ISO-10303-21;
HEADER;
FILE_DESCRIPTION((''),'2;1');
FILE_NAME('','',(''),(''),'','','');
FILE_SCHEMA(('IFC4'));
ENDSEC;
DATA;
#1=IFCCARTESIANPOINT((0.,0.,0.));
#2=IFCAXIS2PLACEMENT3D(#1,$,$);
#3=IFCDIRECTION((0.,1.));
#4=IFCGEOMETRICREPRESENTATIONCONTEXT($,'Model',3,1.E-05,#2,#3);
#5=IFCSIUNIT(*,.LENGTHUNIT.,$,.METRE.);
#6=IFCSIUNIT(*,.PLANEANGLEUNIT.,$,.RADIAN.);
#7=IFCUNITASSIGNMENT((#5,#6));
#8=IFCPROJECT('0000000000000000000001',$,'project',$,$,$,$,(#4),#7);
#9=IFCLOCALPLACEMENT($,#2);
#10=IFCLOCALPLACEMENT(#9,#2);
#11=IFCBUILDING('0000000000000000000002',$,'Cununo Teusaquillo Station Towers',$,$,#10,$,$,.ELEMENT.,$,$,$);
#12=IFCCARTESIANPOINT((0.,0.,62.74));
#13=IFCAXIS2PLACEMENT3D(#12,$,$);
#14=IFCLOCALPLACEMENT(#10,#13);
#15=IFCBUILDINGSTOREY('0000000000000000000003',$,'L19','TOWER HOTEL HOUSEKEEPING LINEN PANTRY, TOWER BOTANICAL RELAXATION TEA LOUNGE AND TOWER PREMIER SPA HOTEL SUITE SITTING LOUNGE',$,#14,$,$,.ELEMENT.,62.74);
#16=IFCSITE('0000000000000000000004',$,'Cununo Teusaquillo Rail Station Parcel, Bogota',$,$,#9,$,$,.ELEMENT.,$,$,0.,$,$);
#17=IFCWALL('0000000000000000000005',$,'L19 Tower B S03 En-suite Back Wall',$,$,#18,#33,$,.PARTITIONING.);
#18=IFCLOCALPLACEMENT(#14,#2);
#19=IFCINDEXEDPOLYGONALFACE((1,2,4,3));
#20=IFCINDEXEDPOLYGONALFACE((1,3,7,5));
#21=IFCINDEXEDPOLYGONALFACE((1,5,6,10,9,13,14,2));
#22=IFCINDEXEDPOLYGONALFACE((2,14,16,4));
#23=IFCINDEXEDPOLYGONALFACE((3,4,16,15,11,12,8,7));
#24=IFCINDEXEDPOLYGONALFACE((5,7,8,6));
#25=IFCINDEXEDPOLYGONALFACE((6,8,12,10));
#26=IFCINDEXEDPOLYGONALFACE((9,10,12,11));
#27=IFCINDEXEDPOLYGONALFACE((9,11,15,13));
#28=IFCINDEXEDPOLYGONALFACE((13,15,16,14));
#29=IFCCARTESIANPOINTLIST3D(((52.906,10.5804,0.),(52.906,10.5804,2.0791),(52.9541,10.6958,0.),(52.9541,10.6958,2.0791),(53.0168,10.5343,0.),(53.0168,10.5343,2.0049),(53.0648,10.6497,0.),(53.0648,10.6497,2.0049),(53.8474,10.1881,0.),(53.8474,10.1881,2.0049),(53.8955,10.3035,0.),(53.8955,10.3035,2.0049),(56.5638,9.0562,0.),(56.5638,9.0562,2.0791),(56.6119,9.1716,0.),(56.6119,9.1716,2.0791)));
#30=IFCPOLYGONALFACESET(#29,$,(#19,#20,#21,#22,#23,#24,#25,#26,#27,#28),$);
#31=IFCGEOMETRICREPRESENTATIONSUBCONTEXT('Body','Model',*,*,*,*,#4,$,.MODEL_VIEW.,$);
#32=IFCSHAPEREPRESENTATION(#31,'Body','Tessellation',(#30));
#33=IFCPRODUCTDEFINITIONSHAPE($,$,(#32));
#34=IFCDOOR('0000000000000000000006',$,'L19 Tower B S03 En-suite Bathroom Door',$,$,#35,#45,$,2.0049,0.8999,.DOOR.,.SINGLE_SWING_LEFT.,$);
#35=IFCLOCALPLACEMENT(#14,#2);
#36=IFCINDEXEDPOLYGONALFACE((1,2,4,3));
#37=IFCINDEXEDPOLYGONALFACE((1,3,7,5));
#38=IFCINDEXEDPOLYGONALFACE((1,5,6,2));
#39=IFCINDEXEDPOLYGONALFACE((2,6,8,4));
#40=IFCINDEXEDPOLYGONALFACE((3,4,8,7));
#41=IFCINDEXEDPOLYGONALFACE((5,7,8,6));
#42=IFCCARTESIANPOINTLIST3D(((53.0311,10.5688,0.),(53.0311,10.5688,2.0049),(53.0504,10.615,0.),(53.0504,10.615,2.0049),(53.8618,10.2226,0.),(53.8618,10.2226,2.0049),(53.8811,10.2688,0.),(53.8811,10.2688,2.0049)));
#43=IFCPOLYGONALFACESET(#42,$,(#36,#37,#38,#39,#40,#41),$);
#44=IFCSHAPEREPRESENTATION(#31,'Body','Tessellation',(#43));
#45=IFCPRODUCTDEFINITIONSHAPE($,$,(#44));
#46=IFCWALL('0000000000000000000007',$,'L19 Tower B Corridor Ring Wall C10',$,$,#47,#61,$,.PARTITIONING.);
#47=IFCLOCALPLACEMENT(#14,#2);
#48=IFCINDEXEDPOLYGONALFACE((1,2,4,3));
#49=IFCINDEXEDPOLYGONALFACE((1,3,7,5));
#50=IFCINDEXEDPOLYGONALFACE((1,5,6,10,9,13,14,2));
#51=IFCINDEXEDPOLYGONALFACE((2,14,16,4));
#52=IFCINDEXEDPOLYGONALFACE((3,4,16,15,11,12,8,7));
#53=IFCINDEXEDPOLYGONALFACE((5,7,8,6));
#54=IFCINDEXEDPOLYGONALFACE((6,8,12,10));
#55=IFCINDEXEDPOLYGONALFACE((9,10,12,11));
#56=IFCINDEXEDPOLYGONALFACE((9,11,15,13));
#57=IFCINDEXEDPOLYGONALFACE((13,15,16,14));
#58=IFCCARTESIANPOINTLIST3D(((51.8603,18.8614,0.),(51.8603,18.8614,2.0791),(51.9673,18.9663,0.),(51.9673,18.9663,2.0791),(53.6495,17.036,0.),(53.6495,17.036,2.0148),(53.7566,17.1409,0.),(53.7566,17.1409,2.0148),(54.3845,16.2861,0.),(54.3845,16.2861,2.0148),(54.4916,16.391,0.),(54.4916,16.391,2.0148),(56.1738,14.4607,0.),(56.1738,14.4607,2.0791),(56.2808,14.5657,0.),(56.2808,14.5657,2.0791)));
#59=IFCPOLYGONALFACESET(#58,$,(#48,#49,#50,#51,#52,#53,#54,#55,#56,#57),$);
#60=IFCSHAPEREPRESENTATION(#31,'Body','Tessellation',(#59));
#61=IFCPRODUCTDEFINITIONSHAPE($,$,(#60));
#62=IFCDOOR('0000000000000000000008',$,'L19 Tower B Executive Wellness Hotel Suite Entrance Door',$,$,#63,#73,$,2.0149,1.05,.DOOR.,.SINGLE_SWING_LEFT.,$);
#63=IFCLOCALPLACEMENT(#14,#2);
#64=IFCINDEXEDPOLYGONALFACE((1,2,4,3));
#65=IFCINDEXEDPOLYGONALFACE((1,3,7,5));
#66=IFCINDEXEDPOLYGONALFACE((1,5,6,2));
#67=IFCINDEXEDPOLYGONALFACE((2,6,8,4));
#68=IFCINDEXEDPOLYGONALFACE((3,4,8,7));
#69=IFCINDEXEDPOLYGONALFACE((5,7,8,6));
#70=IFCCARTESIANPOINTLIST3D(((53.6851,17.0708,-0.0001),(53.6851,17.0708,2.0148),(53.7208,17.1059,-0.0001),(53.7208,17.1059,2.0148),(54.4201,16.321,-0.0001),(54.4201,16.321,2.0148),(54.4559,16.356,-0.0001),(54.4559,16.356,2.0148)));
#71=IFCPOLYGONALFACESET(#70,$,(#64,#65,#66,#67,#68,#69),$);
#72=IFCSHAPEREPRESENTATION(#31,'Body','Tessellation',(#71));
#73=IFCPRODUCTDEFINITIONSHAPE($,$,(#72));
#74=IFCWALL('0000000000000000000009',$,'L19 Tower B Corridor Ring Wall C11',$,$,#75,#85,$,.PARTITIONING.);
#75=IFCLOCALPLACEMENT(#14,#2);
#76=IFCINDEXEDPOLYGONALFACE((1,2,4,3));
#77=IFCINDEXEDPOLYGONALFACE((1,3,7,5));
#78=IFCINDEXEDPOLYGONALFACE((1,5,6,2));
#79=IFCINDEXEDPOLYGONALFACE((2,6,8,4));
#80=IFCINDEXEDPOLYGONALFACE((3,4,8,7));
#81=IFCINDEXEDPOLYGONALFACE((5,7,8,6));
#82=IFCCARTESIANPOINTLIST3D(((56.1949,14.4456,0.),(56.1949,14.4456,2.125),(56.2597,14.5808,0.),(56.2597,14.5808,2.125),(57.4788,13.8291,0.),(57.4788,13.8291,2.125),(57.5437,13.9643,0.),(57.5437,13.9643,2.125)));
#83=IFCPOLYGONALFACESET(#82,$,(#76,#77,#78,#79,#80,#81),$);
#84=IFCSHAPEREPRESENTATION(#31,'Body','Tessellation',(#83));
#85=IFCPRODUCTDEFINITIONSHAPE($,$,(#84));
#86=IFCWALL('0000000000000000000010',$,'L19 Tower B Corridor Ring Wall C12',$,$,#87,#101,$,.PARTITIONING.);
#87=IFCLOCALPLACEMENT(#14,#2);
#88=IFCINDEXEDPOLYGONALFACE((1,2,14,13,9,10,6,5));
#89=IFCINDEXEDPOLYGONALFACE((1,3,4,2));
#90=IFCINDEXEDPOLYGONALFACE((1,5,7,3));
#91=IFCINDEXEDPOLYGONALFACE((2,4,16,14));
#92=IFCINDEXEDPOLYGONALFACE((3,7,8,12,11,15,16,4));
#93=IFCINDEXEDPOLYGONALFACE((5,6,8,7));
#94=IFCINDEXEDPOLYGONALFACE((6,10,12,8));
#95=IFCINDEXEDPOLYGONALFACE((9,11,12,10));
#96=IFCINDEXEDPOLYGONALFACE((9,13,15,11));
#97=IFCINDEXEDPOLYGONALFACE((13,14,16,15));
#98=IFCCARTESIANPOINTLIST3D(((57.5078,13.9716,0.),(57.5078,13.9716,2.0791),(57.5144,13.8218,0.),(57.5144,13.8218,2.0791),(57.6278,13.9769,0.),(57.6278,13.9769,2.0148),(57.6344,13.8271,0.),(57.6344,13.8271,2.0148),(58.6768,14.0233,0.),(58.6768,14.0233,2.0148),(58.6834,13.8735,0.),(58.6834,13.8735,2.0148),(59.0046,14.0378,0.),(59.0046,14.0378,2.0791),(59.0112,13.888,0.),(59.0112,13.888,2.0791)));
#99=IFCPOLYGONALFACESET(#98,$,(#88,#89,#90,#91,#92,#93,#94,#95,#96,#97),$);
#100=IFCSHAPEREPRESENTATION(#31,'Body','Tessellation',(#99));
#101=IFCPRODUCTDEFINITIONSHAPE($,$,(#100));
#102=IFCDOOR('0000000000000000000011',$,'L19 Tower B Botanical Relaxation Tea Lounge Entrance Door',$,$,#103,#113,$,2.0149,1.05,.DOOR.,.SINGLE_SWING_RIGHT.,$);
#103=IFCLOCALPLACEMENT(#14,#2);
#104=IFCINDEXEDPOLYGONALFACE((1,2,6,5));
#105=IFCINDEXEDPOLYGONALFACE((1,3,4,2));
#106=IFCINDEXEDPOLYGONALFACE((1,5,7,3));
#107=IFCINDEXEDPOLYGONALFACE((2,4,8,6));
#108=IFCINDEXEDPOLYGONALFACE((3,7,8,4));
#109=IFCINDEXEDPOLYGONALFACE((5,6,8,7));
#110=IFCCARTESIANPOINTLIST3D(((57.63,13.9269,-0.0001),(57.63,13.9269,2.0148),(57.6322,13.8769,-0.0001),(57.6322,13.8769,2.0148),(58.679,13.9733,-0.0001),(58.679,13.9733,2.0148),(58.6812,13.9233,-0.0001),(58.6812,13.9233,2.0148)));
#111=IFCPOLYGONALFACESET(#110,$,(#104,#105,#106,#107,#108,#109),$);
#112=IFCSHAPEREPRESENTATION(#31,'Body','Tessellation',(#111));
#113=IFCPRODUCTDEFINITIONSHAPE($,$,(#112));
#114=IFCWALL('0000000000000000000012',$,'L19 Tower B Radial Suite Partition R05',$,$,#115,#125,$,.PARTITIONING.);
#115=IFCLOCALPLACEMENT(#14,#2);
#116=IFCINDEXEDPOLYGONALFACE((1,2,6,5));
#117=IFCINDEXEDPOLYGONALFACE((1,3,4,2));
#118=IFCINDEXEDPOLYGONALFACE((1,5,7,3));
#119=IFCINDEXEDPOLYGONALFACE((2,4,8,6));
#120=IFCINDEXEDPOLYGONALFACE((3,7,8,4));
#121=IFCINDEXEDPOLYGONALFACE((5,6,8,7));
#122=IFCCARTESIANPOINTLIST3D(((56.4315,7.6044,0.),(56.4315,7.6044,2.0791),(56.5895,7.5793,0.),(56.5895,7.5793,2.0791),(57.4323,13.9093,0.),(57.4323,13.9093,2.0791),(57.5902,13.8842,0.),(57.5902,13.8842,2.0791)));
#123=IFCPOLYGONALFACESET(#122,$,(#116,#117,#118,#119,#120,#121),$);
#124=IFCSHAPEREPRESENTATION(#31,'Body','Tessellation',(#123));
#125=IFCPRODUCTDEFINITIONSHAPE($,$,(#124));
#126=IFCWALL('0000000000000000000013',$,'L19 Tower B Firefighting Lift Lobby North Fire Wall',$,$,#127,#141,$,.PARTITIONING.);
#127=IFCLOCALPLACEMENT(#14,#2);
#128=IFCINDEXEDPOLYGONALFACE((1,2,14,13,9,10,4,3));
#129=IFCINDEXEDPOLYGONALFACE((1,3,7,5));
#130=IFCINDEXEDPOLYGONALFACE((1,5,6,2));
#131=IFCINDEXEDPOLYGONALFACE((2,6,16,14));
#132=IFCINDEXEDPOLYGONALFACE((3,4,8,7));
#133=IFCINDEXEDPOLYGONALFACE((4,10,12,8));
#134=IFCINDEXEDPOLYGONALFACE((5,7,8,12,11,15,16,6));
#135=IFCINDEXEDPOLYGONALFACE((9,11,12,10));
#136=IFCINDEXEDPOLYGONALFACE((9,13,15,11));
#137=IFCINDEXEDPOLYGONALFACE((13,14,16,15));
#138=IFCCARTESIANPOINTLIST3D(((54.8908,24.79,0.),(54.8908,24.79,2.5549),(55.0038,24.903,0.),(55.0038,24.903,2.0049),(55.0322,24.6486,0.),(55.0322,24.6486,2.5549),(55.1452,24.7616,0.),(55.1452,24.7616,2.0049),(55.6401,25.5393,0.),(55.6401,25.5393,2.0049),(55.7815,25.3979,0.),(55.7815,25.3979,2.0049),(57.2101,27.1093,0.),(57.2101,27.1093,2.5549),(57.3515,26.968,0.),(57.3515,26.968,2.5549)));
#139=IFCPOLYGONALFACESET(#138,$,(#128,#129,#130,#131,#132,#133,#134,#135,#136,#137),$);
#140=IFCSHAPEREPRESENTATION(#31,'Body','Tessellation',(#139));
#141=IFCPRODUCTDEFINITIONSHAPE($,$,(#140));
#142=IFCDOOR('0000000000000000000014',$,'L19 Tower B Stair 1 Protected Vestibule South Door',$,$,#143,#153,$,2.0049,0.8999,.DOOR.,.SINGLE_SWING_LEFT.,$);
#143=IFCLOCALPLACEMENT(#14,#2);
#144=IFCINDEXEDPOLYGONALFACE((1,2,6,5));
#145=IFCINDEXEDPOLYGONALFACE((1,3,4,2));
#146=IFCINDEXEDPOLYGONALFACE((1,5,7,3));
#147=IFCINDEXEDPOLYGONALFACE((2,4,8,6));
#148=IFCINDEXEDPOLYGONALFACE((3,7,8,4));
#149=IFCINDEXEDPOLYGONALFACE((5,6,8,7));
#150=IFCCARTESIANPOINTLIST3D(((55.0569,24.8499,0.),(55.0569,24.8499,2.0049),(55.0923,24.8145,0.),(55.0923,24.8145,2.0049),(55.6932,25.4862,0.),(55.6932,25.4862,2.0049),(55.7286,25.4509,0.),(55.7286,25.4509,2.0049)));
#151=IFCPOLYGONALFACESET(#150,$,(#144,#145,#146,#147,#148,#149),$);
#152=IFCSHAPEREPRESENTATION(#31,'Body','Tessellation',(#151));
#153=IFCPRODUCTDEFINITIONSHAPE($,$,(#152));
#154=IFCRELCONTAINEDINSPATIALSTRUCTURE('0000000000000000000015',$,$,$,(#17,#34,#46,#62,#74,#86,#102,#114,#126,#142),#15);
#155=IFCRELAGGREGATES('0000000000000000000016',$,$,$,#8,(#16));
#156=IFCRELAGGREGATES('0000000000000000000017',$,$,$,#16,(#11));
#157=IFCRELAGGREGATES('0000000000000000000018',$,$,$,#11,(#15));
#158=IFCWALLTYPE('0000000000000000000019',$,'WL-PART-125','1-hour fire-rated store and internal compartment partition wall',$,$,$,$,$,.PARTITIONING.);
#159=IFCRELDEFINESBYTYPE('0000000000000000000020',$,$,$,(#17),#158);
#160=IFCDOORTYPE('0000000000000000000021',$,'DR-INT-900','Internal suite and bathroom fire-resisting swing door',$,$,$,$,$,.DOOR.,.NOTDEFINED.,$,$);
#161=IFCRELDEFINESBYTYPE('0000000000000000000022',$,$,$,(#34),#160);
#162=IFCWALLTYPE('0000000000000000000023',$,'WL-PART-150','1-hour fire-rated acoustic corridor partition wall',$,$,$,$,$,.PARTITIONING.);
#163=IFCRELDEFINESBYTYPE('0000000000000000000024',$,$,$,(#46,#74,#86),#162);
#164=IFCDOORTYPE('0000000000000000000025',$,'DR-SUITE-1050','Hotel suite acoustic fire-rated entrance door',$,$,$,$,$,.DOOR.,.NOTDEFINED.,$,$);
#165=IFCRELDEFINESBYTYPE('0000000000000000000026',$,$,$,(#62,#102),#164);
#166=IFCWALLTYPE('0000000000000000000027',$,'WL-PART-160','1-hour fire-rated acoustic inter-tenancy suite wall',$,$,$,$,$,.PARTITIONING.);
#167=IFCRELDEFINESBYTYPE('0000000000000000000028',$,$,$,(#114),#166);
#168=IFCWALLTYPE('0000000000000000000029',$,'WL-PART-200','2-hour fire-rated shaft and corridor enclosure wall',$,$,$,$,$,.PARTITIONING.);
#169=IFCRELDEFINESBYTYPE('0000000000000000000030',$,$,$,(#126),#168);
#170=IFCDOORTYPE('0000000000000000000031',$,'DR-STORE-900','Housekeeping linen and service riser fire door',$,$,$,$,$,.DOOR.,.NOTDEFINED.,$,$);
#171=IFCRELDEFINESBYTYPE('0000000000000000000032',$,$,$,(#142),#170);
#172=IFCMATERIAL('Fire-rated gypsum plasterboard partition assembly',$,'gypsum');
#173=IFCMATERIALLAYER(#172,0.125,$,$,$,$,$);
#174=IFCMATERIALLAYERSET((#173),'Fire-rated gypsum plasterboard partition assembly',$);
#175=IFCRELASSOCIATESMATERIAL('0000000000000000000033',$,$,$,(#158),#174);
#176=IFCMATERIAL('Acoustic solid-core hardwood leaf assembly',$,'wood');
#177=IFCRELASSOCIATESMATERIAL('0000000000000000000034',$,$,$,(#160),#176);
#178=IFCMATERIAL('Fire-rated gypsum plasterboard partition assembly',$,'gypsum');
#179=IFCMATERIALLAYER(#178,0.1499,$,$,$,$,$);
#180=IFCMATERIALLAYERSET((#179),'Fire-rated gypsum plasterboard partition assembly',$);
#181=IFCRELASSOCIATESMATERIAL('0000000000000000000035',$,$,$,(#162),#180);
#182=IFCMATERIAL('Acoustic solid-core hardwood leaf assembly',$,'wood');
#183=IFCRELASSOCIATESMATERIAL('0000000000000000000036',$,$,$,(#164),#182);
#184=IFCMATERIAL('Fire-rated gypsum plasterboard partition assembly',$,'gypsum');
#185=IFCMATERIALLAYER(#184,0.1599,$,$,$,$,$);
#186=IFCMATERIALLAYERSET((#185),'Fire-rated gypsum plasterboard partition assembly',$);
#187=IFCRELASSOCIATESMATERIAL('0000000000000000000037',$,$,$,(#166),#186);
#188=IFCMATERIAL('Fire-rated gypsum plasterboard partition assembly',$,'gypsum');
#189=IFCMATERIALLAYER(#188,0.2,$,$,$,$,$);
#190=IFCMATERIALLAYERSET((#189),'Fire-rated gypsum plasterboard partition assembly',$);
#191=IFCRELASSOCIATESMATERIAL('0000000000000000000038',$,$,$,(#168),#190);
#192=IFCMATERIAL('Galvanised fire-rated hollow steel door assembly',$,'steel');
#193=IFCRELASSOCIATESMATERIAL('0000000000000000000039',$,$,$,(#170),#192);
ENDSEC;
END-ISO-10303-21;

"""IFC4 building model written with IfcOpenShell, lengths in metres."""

from ifc_helpers import new_model, si_unit, direction, frame, frame_2d, origin, place, context, subcontext, project, spatial, rectangle, extrude, source, transform, mapped, material, layer, layer_set, type_object, element, fill, save


model = new_model("IFC4")

# Units and contexts
model_context = context("Model", 3, precision=1e-05, world=origin(), true_north=direction((0.0, 1.0)))
body_context = subcontext(model_context, "Body", "Model", "MODEL_VIEW")
ifc_project = project(units=[si_unit("LENGTHUNIT", "METRE"), si_unit("PLANEANGLEUNIT", "RADIAN")], contexts=[model_context])

# Site, building, storey
site_placement = place(None, origin())
site = spatial("IfcSite", under=ifc_project, at=site_placement, Name="Cununo Teusaquillo Rail Station Parcel, Bogota", CompositionType="ELEMENT", RefElevation=0.0)
building_placement = place(site_placement, origin())
building = spatial("IfcBuilding", under=site, at=building_placement, Name="Cununo Teusaquillo Station Towers", CompositionType="ELEMENT")
storey_placement = place(building_placement, frame((0.0, 0.0, 62.74)))
storey = spatial("IfcBuildingStorey", under=building, at=storey_placement, Name="L19", Description="TOWER HOTEL HOUSEKEEPING LINEN PANTRY, TOWER BOTANICAL RELAXATION TEA LOUNGE AND TOWER PREMIER SPA HOTEL SUITE SITTING LOUNGE", CompositionType="ELEMENT", Elevation=62.74)

# Shared definitions
ifc_material_1 = material(Name="Fire-rated gypsum plasterboard partition assembly", Category="gypsum")
ifc_layer_1 = layer(ifc_material_1, 0.125)
ifc_layer_set_1 = layer_set([ifc_layer_1], Name="Fire-rated gypsum plasterboard partition assembly")
wall_type_1 = type_object("IfcWallType", Name="WL-PART-125", Description="1-hour fire-rated store and internal compartment partition wall", PredefinedType="PARTITIONING", material=ifc_layer_set_1)

# Walls, openings, doors
wall_1_placement = place(storey_placement, frame((52.9299, 10.6382, 0.0), z_axis=(0.0, 0.0, 1.0), x_axis=(0.923066, -0.384642, 0.0)))
wall_1 = element("IfcWall", 1, at=wall_1_placement, inside=storey, type_object=wall_type_1, Name="L19 Tower B S03 En-suite Back Wall", PredefinedType="PARTITIONING", context=body_context, shape_type="SweptSolid", body=[
    extrude(rectangle(XDim=3.9626, YDim=0.125, at=frame_2d((1.9814, 0.0))), origin(), (0.0, 0.0, 1.0), 2.0791),
])
shared_shape_1 = source(origin(), body_context, "Body", "SweptSolid", [
    extrude(rectangle(XDim=0.8999, YDim=2.0049, at=frame_2d((0.45, 1.0024))), frame((0.0, 0.0725, 0.0), z_axis=(0.0, -1.0, 0.0), x_axis=(1.0, 0.0, 0.0)), (0.0, 0.0, 1.0), 0.145),
])
opening_1_placement = place(wall_1_placement, frame((0.1201, 0.0, 0.0)))
opening_1 = element("IfcOpeningElement", 2, at=opening_1_placement, cuts=wall_1, PredefinedType="OPENING", context=body_context, shape_type="MappedRepresentation", body=[
    mapped(shared_shape_1, transform((0.0, 0.0, 0.0), x_axis=(1.0, 0.0, 0.0), y_axis=(0.0, 1.0, 0.0), z_axis=(0.0, 0.0, 1.0), scale=1.0)),
])
ifc_material_2 = material(Name="Acoustic solid-core hardwood leaf assembly", Category="wood")
door_type_1 = type_object("IfcDoorType", Name="DR-INT-900", Description="Internal suite and bathroom fire-resisting swing door", OperationType="NOTDEFINED", PredefinedType="DOOR", material=ifc_material_2)
shared_shape_2 = source(origin(), body_context, "Body", "SweptSolid", [
    extrude(rectangle(XDim=0.8999, YDim=2.0049, at=frame_2d((0.45, 1.0024))), frame((0.0, 0.0249, 0.0), z_axis=(0.0, -1.0, 0.0), x_axis=(1.0, 0.0, 0.0)), (0.0, 0.0, 1.0), 0.05),
])
door_1_placement = place(opening_1_placement, origin())
door_1 = element("IfcDoor", 3, at=door_1_placement, inside=storey, type_object=door_type_1, Name="L19 Tower B S03 En-suite Bathroom Door", OperationType="SINGLE_SWING_LEFT", OverallHeight=2.0049, OverallWidth=0.8999, PredefinedType="DOOR", context=body_context, shape_type="MappedRepresentation", body=[
    mapped(shared_shape_2, transform((0.0, 0.0, 0.0), x_axis=(1.0, 0.0, 0.0), y_axis=(0.0, 1.0, 0.0), z_axis=(0.0, 0.0, 1.0), scale=1.0)),
])
fill(opening_1, door_1)
ifc_material_3 = material(Name="Fire-rated gypsum plasterboard partition assembly", Category="gypsum")
ifc_layer_2 = layer(ifc_material_3, 0.1499)
ifc_layer_set_2 = layer_set([ifc_layer_2], Name="Fire-rated gypsum plasterboard partition assembly")
wall_type_2 = type_object("IfcWallType", Name="WL-PART-150", Description="1-hour fire-rated acoustic corridor partition wall", PredefinedType="PARTITIONING", material=ifc_layer_set_2)
wall_2_placement = place(storey_placement, frame((51.9138, 18.9138, 0.0), z_axis=(0.0, 0.0, 1.0), x_axis=(0.699999, -0.714144, 0.0)))
wall_2 = element("IfcWall", 4, at=wall_2_placement, inside=storey, type_object=wall_type_2, Name="L19 Tower B Corridor Ring Wall C10", PredefinedType="PARTITIONING", context=body_context, shape_type="SweptSolid", body=[
    extrude(rectangle(XDim=6.1621, YDim=0.1499, at=frame_2d((3.0811, 0.0))), origin(), (0.0, 0.0, 1.0), 2.0791),
])
shared_shape_3 = source(origin(), body_context, "Body", "SweptSolid", [
    extrude(rectangle(XDim=1.05, YDim=2.0149, at=frame_2d((0.5249, 1.0073))), frame((0.0, 0.085, 0.0), z_axis=(0.0, -1.0, 0.0), x_axis=(1.0, 0.0, 0.0)), (0.0, 0.0, 1.0), 0.1699),
])
opening_2_placement = place(wall_2_placement, frame((2.5562, 0.0, 0.0)))
opening_2 = element("IfcOpeningElement", 5, at=opening_2_placement, cuts=wall_2, PredefinedType="OPENING", context=body_context, shape_type="MappedRepresentation", body=[
    mapped(shared_shape_3, transform((0.0, 0.0, 0.0), x_axis=(1.0, 0.0, 0.0), y_axis=(0.0, 1.0, 0.0), z_axis=(0.0, 0.0, 1.0), scale=1.0)),
])
ifc_material_4 = material(Name="Acoustic solid-core hardwood leaf assembly", Category="wood")
door_type_2 = type_object("IfcDoorType", Name="DR-SUITE-1050", Description="Hotel suite acoustic fire-rated entrance door", OperationType="NOTDEFINED", PredefinedType="DOOR", material=ifc_material_4)
shared_shape_4 = source(origin(), body_context, "Body", "SweptSolid", [
    extrude(rectangle(XDim=1.05, YDim=2.0149, at=frame_2d((0.5249, 1.0073))), frame((0.0, 0.0249, 0.0), z_axis=(0.0, -1.0, 0.0), x_axis=(1.0, 0.0, 0.0)), (0.0, 0.0, 1.0), 0.05),
])
door_2_placement = place(opening_2_placement, origin())
door_2 = element("IfcDoor", 6, at=door_2_placement, inside=storey, type_object=door_type_2, Name="L19 Tower B Executive Wellness Hotel Suite Entrance Door", OperationType="SINGLE_SWING_LEFT", OverallHeight=2.0149, OverallWidth=1.05, PredefinedType="DOOR", context=body_context, shape_type="MappedRepresentation", body=[
    mapped(shared_shape_4, transform((0.0, 0.0, 0.0), x_axis=(1.0, 0.0, 0.0), y_axis=(0.0, 1.0, 0.0), z_axis=(0.0, 0.0, 1.0), scale=1.0)),
])
fill(opening_2, door_2)

# Wall
wall_3_placement = place(storey_placement, frame((56.2273, 14.5132, 0.0), z_axis=(0.0, 0.0, 1.0), x_axis=(0.901478, -0.432826, 0.0)))
element("IfcWall", 7, at=wall_3_placement, inside=storey, type_object=wall_type_2, Name="L19 Tower B Corridor Ring Wall C11", PredefinedType="PARTITIONING", context=body_context, shape_type="SweptSolid", body=[
    extrude(rectangle(XDim=1.4243, YDim=0.1499, at=frame_2d((0.7122, 0.0))), origin(), (0.0, 0.0, 1.0), 2.125),
])

# Wall, opening, door
wall_4_placement = place(storey_placement, frame((57.5112, 13.8967, 0.0), z_axis=(0.0, 0.0, 1.0), x_axis=(0.999025, 0.044158, 0.0)))
wall_4 = element("IfcWall", 8, at=wall_4_placement, inside=storey, type_object=wall_type_2, Name="L19 Tower B Corridor Ring Wall C12", PredefinedType="PARTITIONING", context=body_context, shape_type="SweptSolid", body=[
    extrude(rectangle(XDim=1.4983, YDim=0.1499, at=frame_2d((0.749, 0.0))), origin(), (0.0, 0.0, 1.0), 2.0791),
])
opening_3_placement = place(wall_4_placement, frame((0.1201, 0.0, 0.0)))
opening_3 = element("IfcOpeningElement", 9, at=opening_3_placement, cuts=wall_4, PredefinedType="OPENING", context=body_context, shape_type="MappedRepresentation", body=[
    mapped(shared_shape_3, transform((0.0, 0.0, 0.0), x_axis=(1.0, 0.0, 0.0), y_axis=(0.0, 1.0, 0.0), z_axis=(0.0, 0.0, 1.0), scale=1.0)),
])
door_3_placement = place(opening_3_placement, origin())
door_3 = element("IfcDoor", 10, at=door_3_placement, inside=storey, type_object=door_type_2, Name="L19 Tower B Botanical Relaxation Tea Lounge Entrance Door", OperationType="SINGLE_SWING_RIGHT", OverallHeight=2.0149, OverallWidth=1.05, PredefinedType="DOOR", context=body_context, shape_type="MappedRepresentation", body=[
    mapped(shared_shape_4, transform((0.0, 0.0, 0.0), x_axis=(1.0, 0.0, 0.0), y_axis=(0.0, 1.0, 0.0), z_axis=(0.0, 0.0, 1.0), scale=1.0)),
])
fill(opening_3, door_3)

# Wall
ifc_material_5 = material(Name="Fire-rated gypsum plasterboard partition assembly", Category="gypsum")
ifc_layer_3 = layer(ifc_material_5, 0.1599)
ifc_layer_set_3 = layer_set([ifc_layer_3], Name="Fire-rated gypsum plasterboard partition assembly")
wall_type_3 = type_object("IfcWallType", Name="WL-PART-160", Description="1-hour fire-rated acoustic inter-tenancy suite wall", PredefinedType="PARTITIONING", material=ifc_layer_set_3)
wall_5_placement = place(storey_placement, frame((57.5112, 13.8967, 0.0), z_axis=(0.0, 0.0, 1.0), x_axis=(-0.15676, -0.987637, 0.0)))
element("IfcWall", 11, at=wall_5_placement, inside=storey, type_object=wall_type_3, Name="L19 Tower B Radial Suite Partition R05", PredefinedType="PARTITIONING", context=body_context, shape_type="SweptSolid", body=[
    extrude(rectangle(XDim=6.3838, YDim=0.1599, at=frame_2d((3.1919, 0.0))), origin(), (0.0, 0.0, 1.0), 2.0791),
])

# Wall, opening, door
ifc_material_6 = material(Name="Fire-rated gypsum plasterboard partition assembly", Category="gypsum")
ifc_layer_4 = layer(ifc_material_6, 0.2)
ifc_layer_set_4 = layer_set([ifc_layer_4], Name="Fire-rated gypsum plasterboard partition assembly")
wall_type_4 = type_object("IfcWallType", Name="WL-PART-200", Description="2-hour fire-rated shaft and corridor enclosure wall", PredefinedType="PARTITIONING", material=ifc_layer_set_4)
wall_6_placement = place(storey_placement, frame((54.9614, 24.7192, 0.0), z_axis=(0.0, 0.0, 1.0), x_axis=(0.707107, 0.707107, 0.0)))
wall_6 = element("IfcWall", 12, at=wall_6_placement, inside=storey, type_object=wall_type_4, Name="L19 Tower B Firefighting Lift Lobby North Fire Wall", PredefinedType="PARTITIONING", context=body_context, shape_type="SweptSolid", body=[
    extrude(rectangle(XDim=3.28, YDim=0.2, at=frame_2d((1.6401, 0.0))), origin(), (0.0, 0.0, 1.0), 2.5549),
])
shared_shape_5 = source(origin(), body_context, "Body", "SweptSolid", [
    extrude(rectangle(XDim=0.8999, YDim=2.0049, at=frame_2d((0.45, 1.0024))), frame((0.0, 0.1099, 0.0), z_axis=(0.0, -1.0, 0.0), x_axis=(1.0, 0.0, 0.0)), (0.0, 0.0, 1.0), 0.22),
])
opening_4_placement = place(wall_6_placement, frame((0.1599, 0.0, 0.0)))
opening_4 = element("IfcOpeningElement", 13, at=opening_4_placement, cuts=wall_6, PredefinedType="OPENING", context=body_context, shape_type="MappedRepresentation", body=[
    mapped(shared_shape_5, transform((0.0, 0.0, 0.0), x_axis=(1.0, 0.0, 0.0), y_axis=(0.0, 1.0, 0.0), z_axis=(0.0, 0.0, 1.0), scale=1.0)),
])
ifc_material_7 = material(Name="Galvanised fire-rated hollow steel door assembly", Category="steel")
door_type_3 = type_object("IfcDoorType", Name="DR-STORE-900", Description="Housekeeping linen and service riser fire door", OperationType="NOTDEFINED", PredefinedType="DOOR", material=ifc_material_7)
door_4_placement = place(opening_4_placement, origin())
door_4 = element("IfcDoor", 14, at=door_4_placement, inside=storey, type_object=door_type_3, Name="L19 Tower B Stair 1 Protected Vestibule South Door", OperationType="SINGLE_SWING_LEFT", OverallHeight=2.0049, OverallWidth=0.8999, PredefinedType="DOOR", context=body_context, shape_type="MappedRepresentation", body=[
    mapped(shared_shape_2, transform((0.0, 0.0, 0.0), x_axis=(1.0, 0.0, 0.0), y_axis=(0.0, 1.0, 0.0), z_axis=(0.0, 0.0, 1.0), scale=1.0)),
])
fill(opening_4, door_4)

save(model, "model.ifc")
